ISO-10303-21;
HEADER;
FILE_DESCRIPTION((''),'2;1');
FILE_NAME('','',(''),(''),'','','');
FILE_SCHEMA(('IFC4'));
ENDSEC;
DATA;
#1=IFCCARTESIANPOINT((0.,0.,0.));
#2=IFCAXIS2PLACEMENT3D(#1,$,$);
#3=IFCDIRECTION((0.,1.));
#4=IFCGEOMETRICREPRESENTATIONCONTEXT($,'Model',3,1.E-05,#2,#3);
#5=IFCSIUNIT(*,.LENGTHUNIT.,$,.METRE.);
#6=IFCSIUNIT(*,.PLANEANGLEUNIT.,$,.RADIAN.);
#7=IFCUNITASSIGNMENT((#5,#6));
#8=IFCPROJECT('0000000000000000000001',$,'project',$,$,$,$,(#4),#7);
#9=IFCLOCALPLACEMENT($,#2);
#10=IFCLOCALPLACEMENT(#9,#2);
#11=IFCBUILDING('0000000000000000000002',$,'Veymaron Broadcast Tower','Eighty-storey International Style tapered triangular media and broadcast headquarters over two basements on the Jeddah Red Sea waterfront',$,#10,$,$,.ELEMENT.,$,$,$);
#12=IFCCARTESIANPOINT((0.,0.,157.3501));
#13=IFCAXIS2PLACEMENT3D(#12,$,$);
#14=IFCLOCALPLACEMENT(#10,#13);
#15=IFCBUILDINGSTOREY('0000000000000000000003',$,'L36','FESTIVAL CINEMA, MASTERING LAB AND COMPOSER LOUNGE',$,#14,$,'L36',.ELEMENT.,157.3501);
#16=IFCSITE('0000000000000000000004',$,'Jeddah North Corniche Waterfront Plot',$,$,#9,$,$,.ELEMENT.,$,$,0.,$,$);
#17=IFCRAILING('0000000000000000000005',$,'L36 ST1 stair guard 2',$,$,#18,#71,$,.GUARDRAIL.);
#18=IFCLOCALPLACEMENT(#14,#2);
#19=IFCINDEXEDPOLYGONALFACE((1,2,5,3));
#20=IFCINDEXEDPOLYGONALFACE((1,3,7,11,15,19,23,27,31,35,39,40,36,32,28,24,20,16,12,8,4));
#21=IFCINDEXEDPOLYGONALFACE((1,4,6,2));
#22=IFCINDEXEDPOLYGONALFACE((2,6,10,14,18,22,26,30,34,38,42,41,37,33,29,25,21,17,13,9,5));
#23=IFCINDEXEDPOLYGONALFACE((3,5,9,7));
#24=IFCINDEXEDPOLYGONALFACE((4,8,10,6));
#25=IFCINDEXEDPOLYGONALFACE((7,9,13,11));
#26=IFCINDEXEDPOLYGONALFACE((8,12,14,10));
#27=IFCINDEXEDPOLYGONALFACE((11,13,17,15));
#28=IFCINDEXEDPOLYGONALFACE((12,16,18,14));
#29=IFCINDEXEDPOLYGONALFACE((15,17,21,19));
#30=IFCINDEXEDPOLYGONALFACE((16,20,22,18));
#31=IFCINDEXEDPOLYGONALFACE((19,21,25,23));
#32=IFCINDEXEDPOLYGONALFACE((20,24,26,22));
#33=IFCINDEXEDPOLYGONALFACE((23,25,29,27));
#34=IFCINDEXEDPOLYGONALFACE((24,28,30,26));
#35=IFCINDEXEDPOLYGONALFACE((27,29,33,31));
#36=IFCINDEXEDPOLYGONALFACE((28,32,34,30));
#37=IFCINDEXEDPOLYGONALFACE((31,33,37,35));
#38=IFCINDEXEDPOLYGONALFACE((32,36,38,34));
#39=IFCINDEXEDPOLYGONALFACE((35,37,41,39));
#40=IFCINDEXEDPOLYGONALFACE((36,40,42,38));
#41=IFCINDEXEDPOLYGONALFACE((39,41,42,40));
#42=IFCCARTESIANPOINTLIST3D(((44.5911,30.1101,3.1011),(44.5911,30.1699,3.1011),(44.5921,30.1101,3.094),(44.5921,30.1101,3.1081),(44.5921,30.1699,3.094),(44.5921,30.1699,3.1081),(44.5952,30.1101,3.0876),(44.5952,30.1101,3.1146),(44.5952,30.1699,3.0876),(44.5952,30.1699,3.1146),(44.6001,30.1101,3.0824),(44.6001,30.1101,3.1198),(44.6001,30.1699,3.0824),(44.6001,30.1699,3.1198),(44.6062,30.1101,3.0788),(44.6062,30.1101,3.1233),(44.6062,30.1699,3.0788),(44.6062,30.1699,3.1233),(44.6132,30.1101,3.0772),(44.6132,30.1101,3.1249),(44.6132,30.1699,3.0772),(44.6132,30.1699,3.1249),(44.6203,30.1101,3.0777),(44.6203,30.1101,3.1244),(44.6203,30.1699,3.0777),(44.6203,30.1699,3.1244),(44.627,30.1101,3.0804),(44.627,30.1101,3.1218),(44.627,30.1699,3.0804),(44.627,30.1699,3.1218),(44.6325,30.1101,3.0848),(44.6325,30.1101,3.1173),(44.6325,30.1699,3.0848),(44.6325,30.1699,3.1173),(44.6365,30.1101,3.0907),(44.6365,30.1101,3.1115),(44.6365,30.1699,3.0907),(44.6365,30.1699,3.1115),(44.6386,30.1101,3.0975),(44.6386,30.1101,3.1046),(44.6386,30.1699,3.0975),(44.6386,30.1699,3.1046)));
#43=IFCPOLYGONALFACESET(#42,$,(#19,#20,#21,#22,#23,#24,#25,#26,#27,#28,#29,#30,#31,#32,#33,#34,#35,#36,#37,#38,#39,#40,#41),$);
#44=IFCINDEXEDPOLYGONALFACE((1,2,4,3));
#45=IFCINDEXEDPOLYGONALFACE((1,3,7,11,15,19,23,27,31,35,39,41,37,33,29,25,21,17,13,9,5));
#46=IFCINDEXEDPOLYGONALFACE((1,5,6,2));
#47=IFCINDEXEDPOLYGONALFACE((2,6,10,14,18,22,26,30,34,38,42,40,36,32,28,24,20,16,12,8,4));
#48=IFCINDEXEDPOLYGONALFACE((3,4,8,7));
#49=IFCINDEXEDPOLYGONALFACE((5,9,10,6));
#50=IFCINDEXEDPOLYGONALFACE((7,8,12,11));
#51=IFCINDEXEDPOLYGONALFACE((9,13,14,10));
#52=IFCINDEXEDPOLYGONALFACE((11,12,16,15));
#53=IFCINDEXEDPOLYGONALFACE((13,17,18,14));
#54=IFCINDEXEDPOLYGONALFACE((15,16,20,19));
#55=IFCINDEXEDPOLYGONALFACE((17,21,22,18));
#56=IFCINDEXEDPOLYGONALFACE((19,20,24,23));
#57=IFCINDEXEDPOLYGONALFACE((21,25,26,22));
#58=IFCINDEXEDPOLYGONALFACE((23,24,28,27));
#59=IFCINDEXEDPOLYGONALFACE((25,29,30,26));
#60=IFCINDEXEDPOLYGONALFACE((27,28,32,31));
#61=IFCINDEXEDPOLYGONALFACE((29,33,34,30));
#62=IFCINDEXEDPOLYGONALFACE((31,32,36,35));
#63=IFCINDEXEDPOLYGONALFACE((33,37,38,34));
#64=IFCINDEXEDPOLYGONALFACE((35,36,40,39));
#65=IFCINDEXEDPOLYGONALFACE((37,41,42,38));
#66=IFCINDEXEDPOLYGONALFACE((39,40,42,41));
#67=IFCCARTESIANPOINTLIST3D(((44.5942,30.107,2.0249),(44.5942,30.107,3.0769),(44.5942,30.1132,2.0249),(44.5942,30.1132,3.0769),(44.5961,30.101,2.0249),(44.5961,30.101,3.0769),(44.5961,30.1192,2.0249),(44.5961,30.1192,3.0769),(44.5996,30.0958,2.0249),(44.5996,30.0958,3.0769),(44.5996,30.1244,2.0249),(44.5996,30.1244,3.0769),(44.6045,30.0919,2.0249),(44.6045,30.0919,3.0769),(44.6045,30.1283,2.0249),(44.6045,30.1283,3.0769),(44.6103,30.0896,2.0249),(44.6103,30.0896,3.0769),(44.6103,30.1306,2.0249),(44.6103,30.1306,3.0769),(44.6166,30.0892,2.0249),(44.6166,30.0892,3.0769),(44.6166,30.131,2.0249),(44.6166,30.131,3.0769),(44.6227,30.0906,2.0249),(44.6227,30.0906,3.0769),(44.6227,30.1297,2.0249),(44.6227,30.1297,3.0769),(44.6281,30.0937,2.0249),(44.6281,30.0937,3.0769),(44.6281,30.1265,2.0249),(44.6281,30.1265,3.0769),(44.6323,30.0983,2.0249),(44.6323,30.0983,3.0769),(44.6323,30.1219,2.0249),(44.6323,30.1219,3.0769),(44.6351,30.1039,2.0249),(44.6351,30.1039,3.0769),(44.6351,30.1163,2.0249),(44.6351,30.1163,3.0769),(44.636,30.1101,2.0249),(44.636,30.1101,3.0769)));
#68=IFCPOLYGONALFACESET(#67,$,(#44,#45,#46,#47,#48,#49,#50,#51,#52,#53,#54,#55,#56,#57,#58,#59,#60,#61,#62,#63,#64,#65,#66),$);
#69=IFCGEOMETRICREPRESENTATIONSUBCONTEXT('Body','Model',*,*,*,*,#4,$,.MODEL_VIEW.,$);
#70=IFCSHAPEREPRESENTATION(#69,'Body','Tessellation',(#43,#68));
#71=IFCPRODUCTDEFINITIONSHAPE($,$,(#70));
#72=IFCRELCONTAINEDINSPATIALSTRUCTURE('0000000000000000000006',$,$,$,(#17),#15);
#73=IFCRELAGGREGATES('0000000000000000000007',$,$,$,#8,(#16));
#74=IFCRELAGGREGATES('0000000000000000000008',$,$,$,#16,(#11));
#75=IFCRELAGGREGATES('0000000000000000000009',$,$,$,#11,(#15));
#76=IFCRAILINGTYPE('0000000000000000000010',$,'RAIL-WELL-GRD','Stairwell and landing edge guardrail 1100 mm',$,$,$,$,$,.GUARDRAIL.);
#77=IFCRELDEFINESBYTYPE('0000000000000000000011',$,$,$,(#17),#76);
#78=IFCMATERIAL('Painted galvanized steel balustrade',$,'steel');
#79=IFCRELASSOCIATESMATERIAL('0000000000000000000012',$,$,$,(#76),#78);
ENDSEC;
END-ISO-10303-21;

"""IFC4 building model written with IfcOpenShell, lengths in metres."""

from ifc_helpers import new_model, si_unit, direction, frame, origin, origin_2d, place, context, subcontext, project, spatial, circle, extrude, material, type_object, element, save


model = new_model("IFC4")

# Units and contexts
model_context = context("Model", 3, precision=1e-05, world=origin(), true_north=direction((0.0, 1.0)))
body_context = subcontext(model_context, "Body", "Model", "MODEL_VIEW")
ifc_project = project(units=[si_unit("LENGTHUNIT", "METRE"), si_unit("PLANEANGLEUNIT", "RADIAN")], contexts=[model_context])

# Site, building, storey
site_placement = place(None, origin())
site = spatial("IfcSite", under=ifc_project, at=site_placement, Name="Jeddah North Corniche Waterfront Plot", CompositionType="ELEMENT", RefElevation=0.0)
building_placement = place(site_placement, origin())
building = spatial("IfcBuilding", under=site, at=building_placement, Name="Veymaron Broadcast Tower", Description="Eighty-storey International Style tapered triangular media and broadcast headquarters over two basements on the Jeddah Red Sea waterfront", CompositionType="ELEMENT")
storey_placement = place(building_placement, frame((0.0, 0.0, 157.3501)))
storey = spatial("IfcBuildingStorey", under=building, at=storey_placement, Name="L36", Description="FESTIVAL CINEMA, MASTERING LAB AND COMPOSER LOUNGE", LongName="L36", CompositionType="ELEMENT", Elevation=157.3501)

# Railing
ifc_material_1 = material(Name="Painted galvanized steel balustrade", Category="steel")
railing_type_1 = type_object("IfcRailingType", Name="RAIL-WELL-GRD", Description="Stairwell and landing edge guardrail 1100 mm", PredefinedType="GUARDRAIL", material=ifc_material_1)
railing_1_placement = place(storey_placement, frame((44.615, 30.1101, 2.0249)))
element("IfcRailing", 1, at=railing_1_placement, inside=storey, type_object=railing_type_1, Name="L36 ST1 stair guard 2", PredefinedType="GUARDRAIL", context=body_context, shape_type="SweptSolid", body=[
    extrude(circle(Radius=0.0239, at=origin_2d()), frame((0.0, 0.0, 1.0762), z_axis=(0.0, 1.0, 0.0), x_axis=(-1.0, 0.0, 0.0)), (0.0, 0.0, 1.0), 0.0598),
    extrude(circle(Radius=0.021, at=origin_2d()), origin(), (0.0, 0.0, 1.0), 1.052),
])

save(model, "model.ifc")
